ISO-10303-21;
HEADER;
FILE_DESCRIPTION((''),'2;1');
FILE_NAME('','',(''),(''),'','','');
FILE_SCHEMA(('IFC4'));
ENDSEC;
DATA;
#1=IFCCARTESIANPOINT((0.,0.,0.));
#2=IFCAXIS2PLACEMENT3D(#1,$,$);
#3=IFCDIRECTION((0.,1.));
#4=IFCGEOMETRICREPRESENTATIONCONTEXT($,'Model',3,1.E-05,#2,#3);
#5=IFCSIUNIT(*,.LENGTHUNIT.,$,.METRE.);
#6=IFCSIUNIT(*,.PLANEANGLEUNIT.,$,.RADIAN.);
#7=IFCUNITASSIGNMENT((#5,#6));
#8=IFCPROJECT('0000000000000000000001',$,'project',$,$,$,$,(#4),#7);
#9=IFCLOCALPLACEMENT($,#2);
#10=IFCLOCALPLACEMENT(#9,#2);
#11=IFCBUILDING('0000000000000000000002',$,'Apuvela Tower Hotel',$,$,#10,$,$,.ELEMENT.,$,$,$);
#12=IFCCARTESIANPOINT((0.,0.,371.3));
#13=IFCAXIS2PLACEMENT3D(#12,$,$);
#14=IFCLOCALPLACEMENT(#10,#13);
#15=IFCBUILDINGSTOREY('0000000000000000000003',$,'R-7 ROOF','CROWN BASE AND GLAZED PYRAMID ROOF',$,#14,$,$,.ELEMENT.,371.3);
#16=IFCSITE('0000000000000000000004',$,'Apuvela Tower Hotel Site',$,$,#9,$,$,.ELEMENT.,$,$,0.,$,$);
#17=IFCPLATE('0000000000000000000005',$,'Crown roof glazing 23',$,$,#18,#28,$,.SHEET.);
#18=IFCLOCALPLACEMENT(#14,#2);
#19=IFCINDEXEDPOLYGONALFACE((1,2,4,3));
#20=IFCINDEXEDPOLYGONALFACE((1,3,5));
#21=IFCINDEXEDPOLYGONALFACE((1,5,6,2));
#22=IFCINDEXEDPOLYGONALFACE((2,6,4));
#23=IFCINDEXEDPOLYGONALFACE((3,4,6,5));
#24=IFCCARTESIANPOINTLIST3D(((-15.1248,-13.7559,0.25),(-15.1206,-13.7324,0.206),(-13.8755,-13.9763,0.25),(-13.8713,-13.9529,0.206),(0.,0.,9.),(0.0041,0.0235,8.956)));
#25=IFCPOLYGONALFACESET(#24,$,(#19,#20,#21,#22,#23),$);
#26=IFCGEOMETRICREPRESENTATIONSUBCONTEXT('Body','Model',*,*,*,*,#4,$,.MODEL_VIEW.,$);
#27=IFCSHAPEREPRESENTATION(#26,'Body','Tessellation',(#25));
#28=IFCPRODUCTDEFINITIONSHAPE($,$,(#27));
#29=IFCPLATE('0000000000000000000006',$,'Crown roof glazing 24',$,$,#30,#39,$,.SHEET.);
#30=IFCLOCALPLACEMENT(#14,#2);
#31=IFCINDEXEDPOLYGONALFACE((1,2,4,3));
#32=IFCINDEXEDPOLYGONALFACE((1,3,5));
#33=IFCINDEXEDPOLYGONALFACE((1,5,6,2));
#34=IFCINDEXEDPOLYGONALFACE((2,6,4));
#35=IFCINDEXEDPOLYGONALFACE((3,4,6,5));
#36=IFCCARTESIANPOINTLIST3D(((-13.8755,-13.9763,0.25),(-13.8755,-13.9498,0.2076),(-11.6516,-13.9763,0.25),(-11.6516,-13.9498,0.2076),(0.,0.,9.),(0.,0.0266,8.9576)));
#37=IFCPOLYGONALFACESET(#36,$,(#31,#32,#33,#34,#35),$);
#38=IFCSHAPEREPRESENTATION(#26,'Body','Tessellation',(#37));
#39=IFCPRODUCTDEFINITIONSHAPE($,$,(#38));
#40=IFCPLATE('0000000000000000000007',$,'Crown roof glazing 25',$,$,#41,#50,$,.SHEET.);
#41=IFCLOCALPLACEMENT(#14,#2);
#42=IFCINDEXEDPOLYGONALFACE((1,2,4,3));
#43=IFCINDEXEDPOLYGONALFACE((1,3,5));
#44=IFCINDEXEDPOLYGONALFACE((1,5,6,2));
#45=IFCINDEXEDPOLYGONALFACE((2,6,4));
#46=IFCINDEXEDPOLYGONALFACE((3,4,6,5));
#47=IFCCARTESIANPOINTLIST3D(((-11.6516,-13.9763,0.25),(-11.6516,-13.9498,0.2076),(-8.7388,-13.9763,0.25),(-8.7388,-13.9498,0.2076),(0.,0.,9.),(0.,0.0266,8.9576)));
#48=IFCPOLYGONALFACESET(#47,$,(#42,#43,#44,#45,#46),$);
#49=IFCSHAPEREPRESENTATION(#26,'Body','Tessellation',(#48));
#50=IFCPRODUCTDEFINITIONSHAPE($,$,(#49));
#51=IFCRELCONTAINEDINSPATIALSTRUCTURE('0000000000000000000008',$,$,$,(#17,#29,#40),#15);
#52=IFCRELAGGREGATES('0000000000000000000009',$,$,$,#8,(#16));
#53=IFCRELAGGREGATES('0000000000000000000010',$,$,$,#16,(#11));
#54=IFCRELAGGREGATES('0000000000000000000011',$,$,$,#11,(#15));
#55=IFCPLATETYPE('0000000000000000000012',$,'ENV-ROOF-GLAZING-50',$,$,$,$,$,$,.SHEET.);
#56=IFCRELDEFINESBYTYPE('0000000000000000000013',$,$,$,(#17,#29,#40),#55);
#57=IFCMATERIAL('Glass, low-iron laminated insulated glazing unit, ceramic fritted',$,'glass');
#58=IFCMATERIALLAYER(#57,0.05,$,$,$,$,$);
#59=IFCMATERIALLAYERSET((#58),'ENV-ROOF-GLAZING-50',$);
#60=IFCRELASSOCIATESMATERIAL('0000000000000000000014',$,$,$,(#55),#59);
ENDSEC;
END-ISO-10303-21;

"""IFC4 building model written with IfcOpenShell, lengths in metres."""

from ifc_helpers import new_model, si_unit, direction, frame, origin, place, context, subcontext, project, spatial, polyline, outline, extrude, material, layer, layer_set, type_object, element, save


model = new_model("IFC4")

# Units and contexts
model_context = context("Model", 3, precision=1e-05, world=origin(), true_north=direction((0.0, 1.0)))
body_context = subcontext(model_context, "Body", "Model", "MODEL_VIEW")
ifc_project = project(units=[si_unit("LENGTHUNIT", "METRE"), si_unit("PLANEANGLEUNIT", "RADIAN")], contexts=[model_context])

# Site, building, storey
site_placement = place(None, origin())
site = spatial("IfcSite", under=ifc_project, at=site_placement, Name="Apuvela Tower Hotel Site", CompositionType="ELEMENT", RefElevation=0.0)
building_placement = place(site_placement, origin())
building = spatial("IfcBuilding", under=site, at=building_placement, Name="Apuvela Tower Hotel", CompositionType="ELEMENT")
storey_placement = place(building_placement, frame((0.0, 0.0, 371.3)))
storey = spatial("IfcBuildingStorey", under=building, at=storey_placement, Name="R-7 ROOF", Description="CROWN BASE AND GLAZED PYRAMID ROOF", CompositionType="ELEMENT", Elevation=371.3)

# Plates
ifc_material_1 = material(Name="Glass, low-iron laminated insulated glazing unit, ceramic fritted", Category="glass")
ifc_layer = layer(ifc_material_1, 0.05)
ifc_layer_set = layer_set([ifc_layer], Name="ENV-ROOF-GLAZING-50")
plate_type = type_object("IfcPlateType", Name="ENV-ROOF-GLAZING-50", PredefinedType="SHEET", material=ifc_layer_set)
plate_1_placement = place(storey_placement, frame((-15.1248, -13.7559, 0.25), z_axis=(-0.082687, -0.468561, 0.879553), x_axis=(0.984784, -0.173785, 0.0)))
element("IfcPlate", 1, at=plate_1_placement, inside=storey, type_object=plate_type, Name="Crown roof glazing 23", PredefinedType="SHEET", context=body_context, shape_type="SweptSolid", body=[
    extrude(outline(polyline([(0.0, 0.0), (1.2686, 0.0), (12.504, 18.39), (0.0, 0.0)])), origin(), (0.0, 0.0, -1.0), 0.05),
])
plate_2_placement = place(storey_placement, frame((-13.8755, -13.9763, 0.25), z_axis=(0.0, -0.530644, 0.847595), x_axis=(1.0, 0.0, 0.0)))
element("IfcPlate", 2, at=plate_2_placement, inside=storey, type_object=plate_type, Name="Crown roof glazing 24", PredefinedType="SHEET", context=body_context, shape_type="SweptSolid", body=[
    extrude(outline(polyline([(0.0, 0.0), (2.2239, 0.0), (13.8755, 16.4894), (0.0, 0.0)])), origin(), (0.0, 0.0, -1.0), 0.05),
])
plate_3_placement = place(storey_placement, frame((-11.6516, -13.9763, 0.25), z_axis=(0.0, -0.530644, 0.847595), x_axis=(1.0, 0.0, 0.0)))
element("IfcPlate", 3, at=plate_3_placement, inside=storey, type_object=plate_type, Name="Crown roof glazing 25", PredefinedType="SHEET", context=body_context, shape_type="SweptSolid", body=[
    extrude(outline(polyline([(0.0, 0.0), (2.9128, 0.0), (11.6516, 16.4894), (0.0, 0.0)])), origin(), (0.0, 0.0, -1.0), 0.05),
])

save(model, "model.ifc")
